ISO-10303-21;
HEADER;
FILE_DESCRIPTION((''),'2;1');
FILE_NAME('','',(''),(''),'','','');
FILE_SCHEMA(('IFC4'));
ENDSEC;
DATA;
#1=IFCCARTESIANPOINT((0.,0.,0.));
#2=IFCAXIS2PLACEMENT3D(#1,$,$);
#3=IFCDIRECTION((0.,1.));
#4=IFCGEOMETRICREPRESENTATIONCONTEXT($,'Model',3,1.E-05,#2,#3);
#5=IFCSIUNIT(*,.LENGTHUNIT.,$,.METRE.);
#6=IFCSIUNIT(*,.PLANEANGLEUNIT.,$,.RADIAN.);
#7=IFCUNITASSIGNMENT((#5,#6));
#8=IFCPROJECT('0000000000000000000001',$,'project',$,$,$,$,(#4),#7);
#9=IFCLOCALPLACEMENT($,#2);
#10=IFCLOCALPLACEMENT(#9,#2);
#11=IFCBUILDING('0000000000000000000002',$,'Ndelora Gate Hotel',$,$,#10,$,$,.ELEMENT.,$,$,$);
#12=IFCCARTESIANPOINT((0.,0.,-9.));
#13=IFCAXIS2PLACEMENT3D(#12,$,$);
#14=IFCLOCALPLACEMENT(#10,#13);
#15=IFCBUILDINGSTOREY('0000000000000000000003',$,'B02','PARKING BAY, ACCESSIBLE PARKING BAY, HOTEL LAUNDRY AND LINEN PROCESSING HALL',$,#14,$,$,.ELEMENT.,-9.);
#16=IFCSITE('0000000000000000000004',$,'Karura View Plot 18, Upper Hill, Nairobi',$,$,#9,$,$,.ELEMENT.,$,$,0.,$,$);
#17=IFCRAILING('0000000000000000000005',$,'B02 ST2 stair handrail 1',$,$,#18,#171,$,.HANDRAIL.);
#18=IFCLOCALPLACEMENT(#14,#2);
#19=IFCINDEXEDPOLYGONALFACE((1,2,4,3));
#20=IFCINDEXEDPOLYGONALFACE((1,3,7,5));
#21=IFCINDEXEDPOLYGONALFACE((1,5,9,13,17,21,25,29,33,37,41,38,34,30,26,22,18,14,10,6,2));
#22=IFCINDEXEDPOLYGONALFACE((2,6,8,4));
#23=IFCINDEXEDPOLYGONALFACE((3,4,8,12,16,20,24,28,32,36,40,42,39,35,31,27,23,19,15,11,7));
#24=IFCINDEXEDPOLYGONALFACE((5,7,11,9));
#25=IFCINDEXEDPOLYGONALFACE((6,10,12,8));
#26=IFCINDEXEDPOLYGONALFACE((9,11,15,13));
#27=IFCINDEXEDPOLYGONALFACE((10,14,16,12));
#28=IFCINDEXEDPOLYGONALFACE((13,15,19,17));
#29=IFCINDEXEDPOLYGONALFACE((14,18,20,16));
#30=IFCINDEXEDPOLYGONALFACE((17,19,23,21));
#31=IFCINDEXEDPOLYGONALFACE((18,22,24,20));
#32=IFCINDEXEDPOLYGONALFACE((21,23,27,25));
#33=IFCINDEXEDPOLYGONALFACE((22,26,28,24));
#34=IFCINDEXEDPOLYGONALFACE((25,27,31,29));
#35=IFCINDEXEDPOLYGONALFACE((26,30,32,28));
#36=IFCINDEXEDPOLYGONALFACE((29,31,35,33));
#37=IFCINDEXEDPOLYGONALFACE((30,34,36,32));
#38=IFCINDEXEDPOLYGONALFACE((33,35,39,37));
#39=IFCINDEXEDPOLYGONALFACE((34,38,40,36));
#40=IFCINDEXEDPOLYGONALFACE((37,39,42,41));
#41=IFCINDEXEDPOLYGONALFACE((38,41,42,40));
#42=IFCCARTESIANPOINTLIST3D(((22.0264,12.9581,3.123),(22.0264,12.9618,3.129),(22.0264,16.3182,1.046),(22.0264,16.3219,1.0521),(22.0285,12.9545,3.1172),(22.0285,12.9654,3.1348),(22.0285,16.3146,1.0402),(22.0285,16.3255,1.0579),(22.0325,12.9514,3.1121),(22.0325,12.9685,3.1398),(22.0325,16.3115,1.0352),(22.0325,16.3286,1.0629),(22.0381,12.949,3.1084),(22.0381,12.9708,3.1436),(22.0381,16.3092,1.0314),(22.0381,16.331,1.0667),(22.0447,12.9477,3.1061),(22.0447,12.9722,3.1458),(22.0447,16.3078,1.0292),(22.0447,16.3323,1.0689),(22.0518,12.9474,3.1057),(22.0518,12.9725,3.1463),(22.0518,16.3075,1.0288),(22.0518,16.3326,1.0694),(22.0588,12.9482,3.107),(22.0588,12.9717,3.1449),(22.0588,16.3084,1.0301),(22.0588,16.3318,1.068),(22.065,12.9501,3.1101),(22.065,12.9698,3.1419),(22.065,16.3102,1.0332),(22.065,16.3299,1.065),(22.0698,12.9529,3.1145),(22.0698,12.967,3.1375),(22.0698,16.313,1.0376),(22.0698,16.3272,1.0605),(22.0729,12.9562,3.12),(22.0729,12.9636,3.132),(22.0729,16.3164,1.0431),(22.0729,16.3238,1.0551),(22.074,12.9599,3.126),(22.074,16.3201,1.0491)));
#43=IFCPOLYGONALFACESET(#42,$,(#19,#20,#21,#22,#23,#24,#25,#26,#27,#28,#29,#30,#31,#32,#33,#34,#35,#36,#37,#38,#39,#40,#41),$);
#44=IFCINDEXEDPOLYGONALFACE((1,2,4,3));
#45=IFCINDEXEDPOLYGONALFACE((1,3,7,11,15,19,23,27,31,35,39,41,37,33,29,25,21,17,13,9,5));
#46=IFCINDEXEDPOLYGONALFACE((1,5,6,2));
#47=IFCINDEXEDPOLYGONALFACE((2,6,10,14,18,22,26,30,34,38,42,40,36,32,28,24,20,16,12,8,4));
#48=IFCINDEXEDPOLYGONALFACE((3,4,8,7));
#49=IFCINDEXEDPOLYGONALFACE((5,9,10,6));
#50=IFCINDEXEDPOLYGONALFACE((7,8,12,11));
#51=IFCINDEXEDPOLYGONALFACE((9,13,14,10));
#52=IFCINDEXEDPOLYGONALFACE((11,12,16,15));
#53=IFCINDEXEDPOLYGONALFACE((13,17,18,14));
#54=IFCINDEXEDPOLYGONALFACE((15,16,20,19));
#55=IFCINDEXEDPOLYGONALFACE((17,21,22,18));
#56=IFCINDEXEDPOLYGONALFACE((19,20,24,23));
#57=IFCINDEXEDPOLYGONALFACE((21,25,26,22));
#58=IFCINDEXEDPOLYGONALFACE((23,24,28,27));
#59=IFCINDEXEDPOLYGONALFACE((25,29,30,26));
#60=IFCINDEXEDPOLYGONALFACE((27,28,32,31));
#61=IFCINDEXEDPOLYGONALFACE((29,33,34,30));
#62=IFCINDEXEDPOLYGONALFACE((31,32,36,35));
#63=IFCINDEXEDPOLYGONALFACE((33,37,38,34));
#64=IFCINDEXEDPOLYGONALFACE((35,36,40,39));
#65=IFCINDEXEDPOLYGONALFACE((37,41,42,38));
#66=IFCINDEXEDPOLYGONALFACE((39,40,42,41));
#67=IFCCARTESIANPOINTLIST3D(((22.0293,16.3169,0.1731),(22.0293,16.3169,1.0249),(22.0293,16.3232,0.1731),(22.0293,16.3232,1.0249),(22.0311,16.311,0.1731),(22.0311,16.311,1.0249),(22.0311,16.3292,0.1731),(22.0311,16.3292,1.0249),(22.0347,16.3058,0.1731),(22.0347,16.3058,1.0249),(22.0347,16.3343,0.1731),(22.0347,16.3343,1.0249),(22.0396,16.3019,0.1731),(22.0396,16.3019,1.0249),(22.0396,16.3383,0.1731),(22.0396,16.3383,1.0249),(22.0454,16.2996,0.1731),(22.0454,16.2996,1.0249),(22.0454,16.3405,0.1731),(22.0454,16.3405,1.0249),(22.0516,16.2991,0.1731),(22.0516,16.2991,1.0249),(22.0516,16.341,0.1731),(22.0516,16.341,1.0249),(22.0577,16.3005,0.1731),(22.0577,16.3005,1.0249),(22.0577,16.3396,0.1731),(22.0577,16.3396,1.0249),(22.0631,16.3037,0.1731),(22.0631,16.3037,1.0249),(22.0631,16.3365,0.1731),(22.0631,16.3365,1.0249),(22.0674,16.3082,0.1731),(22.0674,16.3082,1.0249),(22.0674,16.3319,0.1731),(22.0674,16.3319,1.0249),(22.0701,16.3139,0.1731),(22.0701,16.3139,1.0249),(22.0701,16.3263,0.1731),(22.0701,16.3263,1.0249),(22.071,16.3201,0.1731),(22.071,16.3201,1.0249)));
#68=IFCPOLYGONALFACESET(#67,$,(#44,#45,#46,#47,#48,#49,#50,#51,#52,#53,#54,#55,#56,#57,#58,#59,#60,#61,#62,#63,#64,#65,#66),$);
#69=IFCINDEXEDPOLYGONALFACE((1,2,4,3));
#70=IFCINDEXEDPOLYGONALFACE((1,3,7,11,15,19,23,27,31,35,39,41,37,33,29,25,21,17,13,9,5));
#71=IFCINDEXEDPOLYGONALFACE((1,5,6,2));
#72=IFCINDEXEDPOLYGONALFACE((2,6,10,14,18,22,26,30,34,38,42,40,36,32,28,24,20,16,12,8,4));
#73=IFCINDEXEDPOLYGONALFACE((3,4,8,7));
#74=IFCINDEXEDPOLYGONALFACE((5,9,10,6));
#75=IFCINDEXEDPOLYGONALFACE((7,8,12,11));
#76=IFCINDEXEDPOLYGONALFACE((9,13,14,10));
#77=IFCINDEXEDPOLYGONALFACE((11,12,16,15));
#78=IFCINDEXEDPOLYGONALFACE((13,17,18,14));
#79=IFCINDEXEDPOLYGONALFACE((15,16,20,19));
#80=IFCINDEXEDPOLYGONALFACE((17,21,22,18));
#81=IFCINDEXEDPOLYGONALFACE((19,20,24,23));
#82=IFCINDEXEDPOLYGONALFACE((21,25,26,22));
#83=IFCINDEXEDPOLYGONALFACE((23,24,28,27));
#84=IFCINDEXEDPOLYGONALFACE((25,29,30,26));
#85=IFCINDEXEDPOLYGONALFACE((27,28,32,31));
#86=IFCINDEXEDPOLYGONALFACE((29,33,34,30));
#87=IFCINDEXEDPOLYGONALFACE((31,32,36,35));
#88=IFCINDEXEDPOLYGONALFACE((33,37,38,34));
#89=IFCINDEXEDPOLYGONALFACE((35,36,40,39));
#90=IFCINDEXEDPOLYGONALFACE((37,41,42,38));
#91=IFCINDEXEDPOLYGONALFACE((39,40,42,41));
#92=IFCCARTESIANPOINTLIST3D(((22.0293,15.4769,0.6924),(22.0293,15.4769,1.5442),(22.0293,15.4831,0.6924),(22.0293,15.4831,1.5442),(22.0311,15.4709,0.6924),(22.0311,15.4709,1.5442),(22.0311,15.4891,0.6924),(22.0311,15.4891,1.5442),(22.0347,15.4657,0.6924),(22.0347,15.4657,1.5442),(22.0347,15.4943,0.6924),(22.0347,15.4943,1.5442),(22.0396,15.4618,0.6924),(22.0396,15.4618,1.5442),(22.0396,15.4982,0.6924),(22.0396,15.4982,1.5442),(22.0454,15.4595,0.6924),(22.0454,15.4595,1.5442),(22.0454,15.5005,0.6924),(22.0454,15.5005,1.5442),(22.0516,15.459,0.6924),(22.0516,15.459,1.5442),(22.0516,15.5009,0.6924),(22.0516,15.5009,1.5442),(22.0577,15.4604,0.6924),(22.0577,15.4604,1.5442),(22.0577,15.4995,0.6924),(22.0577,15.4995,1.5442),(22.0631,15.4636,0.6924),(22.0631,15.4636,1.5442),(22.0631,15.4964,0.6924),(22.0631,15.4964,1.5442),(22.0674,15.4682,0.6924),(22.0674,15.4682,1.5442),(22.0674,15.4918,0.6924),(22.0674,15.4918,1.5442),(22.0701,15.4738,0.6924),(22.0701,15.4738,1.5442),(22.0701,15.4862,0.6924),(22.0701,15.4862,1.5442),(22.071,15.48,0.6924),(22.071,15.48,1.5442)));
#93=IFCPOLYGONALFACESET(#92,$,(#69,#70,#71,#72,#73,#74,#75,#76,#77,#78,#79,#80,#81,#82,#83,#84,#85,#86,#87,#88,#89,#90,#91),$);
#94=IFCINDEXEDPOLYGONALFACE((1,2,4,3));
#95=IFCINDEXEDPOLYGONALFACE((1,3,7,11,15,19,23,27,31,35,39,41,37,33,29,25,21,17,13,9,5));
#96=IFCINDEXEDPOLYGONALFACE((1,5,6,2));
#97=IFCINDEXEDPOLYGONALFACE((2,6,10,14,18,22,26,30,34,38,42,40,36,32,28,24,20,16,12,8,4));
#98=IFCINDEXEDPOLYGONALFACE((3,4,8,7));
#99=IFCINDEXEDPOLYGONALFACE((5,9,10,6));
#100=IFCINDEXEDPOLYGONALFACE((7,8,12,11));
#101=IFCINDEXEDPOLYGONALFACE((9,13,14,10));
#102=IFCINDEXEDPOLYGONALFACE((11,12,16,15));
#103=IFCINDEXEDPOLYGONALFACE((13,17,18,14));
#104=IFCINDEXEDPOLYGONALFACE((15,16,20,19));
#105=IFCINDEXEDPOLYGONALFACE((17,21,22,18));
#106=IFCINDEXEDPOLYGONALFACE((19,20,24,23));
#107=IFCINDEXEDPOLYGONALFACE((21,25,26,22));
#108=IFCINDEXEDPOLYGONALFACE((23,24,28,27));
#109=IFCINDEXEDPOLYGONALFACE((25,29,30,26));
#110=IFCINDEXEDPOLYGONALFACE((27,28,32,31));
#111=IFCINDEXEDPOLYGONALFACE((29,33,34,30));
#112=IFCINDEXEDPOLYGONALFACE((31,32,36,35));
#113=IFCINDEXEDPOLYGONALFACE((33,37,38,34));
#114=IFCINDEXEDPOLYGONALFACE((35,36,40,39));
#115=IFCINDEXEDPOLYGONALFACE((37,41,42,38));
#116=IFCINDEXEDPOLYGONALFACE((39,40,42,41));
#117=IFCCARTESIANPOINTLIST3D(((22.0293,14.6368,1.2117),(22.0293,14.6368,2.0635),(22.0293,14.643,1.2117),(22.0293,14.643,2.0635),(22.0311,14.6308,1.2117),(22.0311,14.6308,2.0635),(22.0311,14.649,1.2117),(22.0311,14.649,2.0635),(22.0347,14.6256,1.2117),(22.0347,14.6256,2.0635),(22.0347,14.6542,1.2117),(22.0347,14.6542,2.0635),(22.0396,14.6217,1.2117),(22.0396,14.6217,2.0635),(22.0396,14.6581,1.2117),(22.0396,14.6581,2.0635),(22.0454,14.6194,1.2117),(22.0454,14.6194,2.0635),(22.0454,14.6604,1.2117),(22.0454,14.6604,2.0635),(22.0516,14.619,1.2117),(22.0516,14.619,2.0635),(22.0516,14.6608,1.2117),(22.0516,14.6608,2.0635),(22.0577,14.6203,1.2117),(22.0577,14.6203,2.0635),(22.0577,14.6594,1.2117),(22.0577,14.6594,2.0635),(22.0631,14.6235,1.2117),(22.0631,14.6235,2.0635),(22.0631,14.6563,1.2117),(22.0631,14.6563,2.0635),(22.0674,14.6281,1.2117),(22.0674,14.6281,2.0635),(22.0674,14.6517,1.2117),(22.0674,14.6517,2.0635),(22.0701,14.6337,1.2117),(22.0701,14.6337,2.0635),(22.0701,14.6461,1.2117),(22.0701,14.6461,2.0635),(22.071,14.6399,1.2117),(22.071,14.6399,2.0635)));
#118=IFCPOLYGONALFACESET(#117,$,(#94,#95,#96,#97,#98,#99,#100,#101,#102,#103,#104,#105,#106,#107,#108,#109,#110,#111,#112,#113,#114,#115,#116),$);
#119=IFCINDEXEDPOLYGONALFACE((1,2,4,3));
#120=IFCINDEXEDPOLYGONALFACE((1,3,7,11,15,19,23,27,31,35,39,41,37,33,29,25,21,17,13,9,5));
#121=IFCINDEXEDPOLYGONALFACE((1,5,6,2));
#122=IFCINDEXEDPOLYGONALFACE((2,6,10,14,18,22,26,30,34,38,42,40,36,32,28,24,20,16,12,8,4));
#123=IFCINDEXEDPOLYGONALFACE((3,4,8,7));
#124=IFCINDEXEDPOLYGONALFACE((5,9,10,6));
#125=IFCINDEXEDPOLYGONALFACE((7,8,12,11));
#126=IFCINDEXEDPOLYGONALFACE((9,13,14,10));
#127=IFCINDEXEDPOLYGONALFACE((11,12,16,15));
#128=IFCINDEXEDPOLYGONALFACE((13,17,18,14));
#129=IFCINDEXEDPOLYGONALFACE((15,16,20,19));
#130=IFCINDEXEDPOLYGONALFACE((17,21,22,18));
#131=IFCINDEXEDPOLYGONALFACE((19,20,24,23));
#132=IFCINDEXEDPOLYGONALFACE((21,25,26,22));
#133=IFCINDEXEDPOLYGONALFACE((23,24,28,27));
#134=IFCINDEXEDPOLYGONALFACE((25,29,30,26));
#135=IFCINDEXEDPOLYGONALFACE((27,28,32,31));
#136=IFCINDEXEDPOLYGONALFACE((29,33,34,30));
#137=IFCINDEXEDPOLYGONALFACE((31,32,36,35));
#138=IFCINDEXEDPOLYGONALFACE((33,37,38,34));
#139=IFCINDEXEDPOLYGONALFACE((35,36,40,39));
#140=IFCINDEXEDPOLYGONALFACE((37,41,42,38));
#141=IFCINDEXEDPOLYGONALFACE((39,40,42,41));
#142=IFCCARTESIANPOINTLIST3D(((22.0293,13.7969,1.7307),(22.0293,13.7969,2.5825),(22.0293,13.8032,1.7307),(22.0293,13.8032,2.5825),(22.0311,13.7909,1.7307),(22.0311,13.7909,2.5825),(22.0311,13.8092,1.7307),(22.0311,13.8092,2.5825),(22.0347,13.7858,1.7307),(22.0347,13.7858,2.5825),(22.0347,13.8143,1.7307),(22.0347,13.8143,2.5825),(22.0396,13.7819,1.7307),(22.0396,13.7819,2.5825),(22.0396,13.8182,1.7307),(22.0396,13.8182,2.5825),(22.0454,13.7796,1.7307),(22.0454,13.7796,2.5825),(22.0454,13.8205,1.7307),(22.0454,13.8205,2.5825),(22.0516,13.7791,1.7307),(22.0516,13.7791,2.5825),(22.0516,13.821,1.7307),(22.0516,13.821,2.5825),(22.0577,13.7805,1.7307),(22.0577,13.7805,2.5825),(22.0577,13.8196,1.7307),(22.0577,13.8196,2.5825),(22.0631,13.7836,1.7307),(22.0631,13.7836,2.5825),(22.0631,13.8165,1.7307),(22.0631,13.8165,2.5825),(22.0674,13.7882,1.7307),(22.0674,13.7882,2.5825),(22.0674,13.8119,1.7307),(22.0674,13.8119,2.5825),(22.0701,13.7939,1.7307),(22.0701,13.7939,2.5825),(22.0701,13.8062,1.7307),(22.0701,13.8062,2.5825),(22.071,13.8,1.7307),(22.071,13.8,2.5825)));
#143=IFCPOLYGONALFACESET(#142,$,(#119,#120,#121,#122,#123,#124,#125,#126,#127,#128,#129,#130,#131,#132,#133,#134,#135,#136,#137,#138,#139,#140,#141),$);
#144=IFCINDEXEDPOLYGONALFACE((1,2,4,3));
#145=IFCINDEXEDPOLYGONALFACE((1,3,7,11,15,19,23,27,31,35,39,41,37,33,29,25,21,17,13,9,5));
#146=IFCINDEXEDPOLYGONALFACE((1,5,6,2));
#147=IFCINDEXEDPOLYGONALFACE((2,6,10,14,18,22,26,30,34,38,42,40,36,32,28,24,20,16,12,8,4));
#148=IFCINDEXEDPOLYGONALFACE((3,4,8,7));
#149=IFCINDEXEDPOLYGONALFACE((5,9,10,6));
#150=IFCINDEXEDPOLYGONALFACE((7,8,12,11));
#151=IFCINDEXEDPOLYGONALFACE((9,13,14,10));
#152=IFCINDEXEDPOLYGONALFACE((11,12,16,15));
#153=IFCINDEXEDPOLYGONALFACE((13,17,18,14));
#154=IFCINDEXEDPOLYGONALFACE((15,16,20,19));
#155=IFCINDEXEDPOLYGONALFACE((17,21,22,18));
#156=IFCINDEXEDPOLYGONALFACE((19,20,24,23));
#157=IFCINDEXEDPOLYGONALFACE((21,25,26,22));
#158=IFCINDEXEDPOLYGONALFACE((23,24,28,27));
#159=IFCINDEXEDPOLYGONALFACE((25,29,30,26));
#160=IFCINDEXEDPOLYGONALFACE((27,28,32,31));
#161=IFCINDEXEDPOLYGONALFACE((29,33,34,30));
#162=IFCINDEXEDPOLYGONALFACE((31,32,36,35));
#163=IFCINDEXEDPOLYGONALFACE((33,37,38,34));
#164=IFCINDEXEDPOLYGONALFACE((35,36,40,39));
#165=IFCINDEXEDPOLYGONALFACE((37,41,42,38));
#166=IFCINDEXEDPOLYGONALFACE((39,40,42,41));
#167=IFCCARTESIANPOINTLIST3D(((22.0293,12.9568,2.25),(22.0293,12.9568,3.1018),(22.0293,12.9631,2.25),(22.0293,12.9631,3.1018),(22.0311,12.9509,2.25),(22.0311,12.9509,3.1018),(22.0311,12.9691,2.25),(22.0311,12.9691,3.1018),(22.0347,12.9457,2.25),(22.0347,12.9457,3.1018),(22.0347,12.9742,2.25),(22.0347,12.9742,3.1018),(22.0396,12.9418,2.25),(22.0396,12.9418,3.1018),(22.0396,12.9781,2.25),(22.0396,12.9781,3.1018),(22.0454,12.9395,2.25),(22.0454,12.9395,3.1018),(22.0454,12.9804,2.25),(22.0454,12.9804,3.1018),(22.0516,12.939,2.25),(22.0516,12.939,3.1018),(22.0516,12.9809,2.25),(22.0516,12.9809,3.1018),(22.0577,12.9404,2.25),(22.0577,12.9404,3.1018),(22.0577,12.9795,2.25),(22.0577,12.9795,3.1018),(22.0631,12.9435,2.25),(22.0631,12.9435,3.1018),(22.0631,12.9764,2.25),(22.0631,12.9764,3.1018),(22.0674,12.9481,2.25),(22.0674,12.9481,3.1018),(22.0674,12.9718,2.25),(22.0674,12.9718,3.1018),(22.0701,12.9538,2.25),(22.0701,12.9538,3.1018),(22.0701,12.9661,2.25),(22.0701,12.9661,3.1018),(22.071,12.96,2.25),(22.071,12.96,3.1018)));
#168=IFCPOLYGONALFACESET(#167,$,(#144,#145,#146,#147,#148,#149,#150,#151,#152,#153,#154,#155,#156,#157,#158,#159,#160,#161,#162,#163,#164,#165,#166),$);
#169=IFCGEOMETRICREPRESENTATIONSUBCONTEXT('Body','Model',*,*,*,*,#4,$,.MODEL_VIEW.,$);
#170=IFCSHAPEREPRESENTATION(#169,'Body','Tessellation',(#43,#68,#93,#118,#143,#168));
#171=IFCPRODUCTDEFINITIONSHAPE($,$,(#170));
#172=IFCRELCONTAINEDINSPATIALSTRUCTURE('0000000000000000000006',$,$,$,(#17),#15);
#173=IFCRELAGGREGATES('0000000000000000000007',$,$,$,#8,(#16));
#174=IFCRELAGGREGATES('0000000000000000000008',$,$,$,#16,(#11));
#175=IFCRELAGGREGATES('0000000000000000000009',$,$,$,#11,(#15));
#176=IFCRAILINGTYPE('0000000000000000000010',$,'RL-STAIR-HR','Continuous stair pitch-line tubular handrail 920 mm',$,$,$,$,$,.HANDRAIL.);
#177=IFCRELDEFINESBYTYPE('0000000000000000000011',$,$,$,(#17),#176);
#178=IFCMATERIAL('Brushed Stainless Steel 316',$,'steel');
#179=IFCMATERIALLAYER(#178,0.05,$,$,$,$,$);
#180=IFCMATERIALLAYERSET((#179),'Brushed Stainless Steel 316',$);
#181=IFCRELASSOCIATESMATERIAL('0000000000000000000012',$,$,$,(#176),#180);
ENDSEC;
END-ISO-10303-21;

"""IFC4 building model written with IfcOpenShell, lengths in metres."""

from ifc_helpers import new_model, si_unit, direction, frame, origin, origin_2d, place, context, subcontext, project, spatial, circle, extrude, material, layer, layer_set, type_object, element, save


model = new_model("IFC4")

# Units and contexts
model_context = context("Model", 3, precision=1e-05, world=origin(), true_north=direction((0.0, 1.0)))
body_context = subcontext(model_context, "Body", "Model", "MODEL_VIEW")
ifc_project = project(units=[si_unit("LENGTHUNIT", "METRE"), si_unit("PLANEANGLEUNIT", "RADIAN")], contexts=[model_context])

# Site, building, storey
site_placement = place(None, origin())
site = spatial("IfcSite", under=ifc_project, at=site_placement, Name="Karura View Plot 18, Upper Hill, Nairobi", CompositionType="ELEMENT", RefElevation=0.0)
building_placement = place(site_placement, origin())
building = spatial("IfcBuilding", under=site, at=building_placement, Name="Ndelora Gate Hotel", CompositionType="ELEMENT")
storey_placement = place(building_placement, frame((0.0, 0.0, -9.0)))
storey = spatial("IfcBuildingStorey", under=building, at=storey_placement, Name="B02", Description="PARKING BAY, ACCESSIBLE PARKING BAY, HOTEL LAUNDRY AND LINEN PROCESSING HALL", CompositionType="ELEMENT", Elevation=-9.0)

# Railing
ifc_material_1 = material(Name="Brushed Stainless Steel 316", Category="steel")
ifc_layer_1 = layer(ifc_material_1, 0.05)
ifc_layer_set_1 = layer_set([ifc_layer_1], Name="Brushed Stainless Steel 316")
railing_type_1 = type_object("IfcRailingType", Name="RL-STAIR-HR", Description="Continuous stair pitch-line tubular handrail 920 mm", PredefinedType="HANDRAIL", material=ifc_layer_set_1)
railing_1_placement = place(storey_placement, frame((22.05, 16.3201, 0.1731)))
element("IfcRailing", 1, at=railing_1_placement, inside=storey, type_object=railing_type_1, Name="B02 ST2 stair handrail 1", PredefinedType="HANDRAIL", context=body_context, shape_type="SweptSolid", body=[
    extrude(circle(Radius=0.0239, at=origin_2d()), frame((0.0, 0.0, 0.876), z_axis=(0.0, -0.850623, 0.525776), x_axis=(1.0, 0.0, 0.0)), (0.0, 0.0, 1.0), 3.9502),
    extrude(circle(Radius=0.021, at=origin_2d()), origin(), (0.0, 0.0, 1.0), 0.8518),
    extrude(circle(Radius=0.021, at=origin_2d()), frame((0.0, -0.8401, 0.5193)), (0.0, 0.0, 1.0), 0.8518),
    extrude(circle(Radius=0.021, at=origin_2d()), frame((0.0, -1.6802, 1.0386)), (0.0, 0.0, 1.0), 0.8518),
    extrude(circle(Radius=0.021, at=origin_2d()), frame((0.0, -2.52, 1.5576)), (0.0, 0.0, 1.0), 0.8518),
    extrude(circle(Radius=0.021, at=origin_2d()), frame((0.0, -3.3601, 2.0769)), (0.0, 0.0, 1.0), 0.8518),
])

save(model, "model.ifc")
